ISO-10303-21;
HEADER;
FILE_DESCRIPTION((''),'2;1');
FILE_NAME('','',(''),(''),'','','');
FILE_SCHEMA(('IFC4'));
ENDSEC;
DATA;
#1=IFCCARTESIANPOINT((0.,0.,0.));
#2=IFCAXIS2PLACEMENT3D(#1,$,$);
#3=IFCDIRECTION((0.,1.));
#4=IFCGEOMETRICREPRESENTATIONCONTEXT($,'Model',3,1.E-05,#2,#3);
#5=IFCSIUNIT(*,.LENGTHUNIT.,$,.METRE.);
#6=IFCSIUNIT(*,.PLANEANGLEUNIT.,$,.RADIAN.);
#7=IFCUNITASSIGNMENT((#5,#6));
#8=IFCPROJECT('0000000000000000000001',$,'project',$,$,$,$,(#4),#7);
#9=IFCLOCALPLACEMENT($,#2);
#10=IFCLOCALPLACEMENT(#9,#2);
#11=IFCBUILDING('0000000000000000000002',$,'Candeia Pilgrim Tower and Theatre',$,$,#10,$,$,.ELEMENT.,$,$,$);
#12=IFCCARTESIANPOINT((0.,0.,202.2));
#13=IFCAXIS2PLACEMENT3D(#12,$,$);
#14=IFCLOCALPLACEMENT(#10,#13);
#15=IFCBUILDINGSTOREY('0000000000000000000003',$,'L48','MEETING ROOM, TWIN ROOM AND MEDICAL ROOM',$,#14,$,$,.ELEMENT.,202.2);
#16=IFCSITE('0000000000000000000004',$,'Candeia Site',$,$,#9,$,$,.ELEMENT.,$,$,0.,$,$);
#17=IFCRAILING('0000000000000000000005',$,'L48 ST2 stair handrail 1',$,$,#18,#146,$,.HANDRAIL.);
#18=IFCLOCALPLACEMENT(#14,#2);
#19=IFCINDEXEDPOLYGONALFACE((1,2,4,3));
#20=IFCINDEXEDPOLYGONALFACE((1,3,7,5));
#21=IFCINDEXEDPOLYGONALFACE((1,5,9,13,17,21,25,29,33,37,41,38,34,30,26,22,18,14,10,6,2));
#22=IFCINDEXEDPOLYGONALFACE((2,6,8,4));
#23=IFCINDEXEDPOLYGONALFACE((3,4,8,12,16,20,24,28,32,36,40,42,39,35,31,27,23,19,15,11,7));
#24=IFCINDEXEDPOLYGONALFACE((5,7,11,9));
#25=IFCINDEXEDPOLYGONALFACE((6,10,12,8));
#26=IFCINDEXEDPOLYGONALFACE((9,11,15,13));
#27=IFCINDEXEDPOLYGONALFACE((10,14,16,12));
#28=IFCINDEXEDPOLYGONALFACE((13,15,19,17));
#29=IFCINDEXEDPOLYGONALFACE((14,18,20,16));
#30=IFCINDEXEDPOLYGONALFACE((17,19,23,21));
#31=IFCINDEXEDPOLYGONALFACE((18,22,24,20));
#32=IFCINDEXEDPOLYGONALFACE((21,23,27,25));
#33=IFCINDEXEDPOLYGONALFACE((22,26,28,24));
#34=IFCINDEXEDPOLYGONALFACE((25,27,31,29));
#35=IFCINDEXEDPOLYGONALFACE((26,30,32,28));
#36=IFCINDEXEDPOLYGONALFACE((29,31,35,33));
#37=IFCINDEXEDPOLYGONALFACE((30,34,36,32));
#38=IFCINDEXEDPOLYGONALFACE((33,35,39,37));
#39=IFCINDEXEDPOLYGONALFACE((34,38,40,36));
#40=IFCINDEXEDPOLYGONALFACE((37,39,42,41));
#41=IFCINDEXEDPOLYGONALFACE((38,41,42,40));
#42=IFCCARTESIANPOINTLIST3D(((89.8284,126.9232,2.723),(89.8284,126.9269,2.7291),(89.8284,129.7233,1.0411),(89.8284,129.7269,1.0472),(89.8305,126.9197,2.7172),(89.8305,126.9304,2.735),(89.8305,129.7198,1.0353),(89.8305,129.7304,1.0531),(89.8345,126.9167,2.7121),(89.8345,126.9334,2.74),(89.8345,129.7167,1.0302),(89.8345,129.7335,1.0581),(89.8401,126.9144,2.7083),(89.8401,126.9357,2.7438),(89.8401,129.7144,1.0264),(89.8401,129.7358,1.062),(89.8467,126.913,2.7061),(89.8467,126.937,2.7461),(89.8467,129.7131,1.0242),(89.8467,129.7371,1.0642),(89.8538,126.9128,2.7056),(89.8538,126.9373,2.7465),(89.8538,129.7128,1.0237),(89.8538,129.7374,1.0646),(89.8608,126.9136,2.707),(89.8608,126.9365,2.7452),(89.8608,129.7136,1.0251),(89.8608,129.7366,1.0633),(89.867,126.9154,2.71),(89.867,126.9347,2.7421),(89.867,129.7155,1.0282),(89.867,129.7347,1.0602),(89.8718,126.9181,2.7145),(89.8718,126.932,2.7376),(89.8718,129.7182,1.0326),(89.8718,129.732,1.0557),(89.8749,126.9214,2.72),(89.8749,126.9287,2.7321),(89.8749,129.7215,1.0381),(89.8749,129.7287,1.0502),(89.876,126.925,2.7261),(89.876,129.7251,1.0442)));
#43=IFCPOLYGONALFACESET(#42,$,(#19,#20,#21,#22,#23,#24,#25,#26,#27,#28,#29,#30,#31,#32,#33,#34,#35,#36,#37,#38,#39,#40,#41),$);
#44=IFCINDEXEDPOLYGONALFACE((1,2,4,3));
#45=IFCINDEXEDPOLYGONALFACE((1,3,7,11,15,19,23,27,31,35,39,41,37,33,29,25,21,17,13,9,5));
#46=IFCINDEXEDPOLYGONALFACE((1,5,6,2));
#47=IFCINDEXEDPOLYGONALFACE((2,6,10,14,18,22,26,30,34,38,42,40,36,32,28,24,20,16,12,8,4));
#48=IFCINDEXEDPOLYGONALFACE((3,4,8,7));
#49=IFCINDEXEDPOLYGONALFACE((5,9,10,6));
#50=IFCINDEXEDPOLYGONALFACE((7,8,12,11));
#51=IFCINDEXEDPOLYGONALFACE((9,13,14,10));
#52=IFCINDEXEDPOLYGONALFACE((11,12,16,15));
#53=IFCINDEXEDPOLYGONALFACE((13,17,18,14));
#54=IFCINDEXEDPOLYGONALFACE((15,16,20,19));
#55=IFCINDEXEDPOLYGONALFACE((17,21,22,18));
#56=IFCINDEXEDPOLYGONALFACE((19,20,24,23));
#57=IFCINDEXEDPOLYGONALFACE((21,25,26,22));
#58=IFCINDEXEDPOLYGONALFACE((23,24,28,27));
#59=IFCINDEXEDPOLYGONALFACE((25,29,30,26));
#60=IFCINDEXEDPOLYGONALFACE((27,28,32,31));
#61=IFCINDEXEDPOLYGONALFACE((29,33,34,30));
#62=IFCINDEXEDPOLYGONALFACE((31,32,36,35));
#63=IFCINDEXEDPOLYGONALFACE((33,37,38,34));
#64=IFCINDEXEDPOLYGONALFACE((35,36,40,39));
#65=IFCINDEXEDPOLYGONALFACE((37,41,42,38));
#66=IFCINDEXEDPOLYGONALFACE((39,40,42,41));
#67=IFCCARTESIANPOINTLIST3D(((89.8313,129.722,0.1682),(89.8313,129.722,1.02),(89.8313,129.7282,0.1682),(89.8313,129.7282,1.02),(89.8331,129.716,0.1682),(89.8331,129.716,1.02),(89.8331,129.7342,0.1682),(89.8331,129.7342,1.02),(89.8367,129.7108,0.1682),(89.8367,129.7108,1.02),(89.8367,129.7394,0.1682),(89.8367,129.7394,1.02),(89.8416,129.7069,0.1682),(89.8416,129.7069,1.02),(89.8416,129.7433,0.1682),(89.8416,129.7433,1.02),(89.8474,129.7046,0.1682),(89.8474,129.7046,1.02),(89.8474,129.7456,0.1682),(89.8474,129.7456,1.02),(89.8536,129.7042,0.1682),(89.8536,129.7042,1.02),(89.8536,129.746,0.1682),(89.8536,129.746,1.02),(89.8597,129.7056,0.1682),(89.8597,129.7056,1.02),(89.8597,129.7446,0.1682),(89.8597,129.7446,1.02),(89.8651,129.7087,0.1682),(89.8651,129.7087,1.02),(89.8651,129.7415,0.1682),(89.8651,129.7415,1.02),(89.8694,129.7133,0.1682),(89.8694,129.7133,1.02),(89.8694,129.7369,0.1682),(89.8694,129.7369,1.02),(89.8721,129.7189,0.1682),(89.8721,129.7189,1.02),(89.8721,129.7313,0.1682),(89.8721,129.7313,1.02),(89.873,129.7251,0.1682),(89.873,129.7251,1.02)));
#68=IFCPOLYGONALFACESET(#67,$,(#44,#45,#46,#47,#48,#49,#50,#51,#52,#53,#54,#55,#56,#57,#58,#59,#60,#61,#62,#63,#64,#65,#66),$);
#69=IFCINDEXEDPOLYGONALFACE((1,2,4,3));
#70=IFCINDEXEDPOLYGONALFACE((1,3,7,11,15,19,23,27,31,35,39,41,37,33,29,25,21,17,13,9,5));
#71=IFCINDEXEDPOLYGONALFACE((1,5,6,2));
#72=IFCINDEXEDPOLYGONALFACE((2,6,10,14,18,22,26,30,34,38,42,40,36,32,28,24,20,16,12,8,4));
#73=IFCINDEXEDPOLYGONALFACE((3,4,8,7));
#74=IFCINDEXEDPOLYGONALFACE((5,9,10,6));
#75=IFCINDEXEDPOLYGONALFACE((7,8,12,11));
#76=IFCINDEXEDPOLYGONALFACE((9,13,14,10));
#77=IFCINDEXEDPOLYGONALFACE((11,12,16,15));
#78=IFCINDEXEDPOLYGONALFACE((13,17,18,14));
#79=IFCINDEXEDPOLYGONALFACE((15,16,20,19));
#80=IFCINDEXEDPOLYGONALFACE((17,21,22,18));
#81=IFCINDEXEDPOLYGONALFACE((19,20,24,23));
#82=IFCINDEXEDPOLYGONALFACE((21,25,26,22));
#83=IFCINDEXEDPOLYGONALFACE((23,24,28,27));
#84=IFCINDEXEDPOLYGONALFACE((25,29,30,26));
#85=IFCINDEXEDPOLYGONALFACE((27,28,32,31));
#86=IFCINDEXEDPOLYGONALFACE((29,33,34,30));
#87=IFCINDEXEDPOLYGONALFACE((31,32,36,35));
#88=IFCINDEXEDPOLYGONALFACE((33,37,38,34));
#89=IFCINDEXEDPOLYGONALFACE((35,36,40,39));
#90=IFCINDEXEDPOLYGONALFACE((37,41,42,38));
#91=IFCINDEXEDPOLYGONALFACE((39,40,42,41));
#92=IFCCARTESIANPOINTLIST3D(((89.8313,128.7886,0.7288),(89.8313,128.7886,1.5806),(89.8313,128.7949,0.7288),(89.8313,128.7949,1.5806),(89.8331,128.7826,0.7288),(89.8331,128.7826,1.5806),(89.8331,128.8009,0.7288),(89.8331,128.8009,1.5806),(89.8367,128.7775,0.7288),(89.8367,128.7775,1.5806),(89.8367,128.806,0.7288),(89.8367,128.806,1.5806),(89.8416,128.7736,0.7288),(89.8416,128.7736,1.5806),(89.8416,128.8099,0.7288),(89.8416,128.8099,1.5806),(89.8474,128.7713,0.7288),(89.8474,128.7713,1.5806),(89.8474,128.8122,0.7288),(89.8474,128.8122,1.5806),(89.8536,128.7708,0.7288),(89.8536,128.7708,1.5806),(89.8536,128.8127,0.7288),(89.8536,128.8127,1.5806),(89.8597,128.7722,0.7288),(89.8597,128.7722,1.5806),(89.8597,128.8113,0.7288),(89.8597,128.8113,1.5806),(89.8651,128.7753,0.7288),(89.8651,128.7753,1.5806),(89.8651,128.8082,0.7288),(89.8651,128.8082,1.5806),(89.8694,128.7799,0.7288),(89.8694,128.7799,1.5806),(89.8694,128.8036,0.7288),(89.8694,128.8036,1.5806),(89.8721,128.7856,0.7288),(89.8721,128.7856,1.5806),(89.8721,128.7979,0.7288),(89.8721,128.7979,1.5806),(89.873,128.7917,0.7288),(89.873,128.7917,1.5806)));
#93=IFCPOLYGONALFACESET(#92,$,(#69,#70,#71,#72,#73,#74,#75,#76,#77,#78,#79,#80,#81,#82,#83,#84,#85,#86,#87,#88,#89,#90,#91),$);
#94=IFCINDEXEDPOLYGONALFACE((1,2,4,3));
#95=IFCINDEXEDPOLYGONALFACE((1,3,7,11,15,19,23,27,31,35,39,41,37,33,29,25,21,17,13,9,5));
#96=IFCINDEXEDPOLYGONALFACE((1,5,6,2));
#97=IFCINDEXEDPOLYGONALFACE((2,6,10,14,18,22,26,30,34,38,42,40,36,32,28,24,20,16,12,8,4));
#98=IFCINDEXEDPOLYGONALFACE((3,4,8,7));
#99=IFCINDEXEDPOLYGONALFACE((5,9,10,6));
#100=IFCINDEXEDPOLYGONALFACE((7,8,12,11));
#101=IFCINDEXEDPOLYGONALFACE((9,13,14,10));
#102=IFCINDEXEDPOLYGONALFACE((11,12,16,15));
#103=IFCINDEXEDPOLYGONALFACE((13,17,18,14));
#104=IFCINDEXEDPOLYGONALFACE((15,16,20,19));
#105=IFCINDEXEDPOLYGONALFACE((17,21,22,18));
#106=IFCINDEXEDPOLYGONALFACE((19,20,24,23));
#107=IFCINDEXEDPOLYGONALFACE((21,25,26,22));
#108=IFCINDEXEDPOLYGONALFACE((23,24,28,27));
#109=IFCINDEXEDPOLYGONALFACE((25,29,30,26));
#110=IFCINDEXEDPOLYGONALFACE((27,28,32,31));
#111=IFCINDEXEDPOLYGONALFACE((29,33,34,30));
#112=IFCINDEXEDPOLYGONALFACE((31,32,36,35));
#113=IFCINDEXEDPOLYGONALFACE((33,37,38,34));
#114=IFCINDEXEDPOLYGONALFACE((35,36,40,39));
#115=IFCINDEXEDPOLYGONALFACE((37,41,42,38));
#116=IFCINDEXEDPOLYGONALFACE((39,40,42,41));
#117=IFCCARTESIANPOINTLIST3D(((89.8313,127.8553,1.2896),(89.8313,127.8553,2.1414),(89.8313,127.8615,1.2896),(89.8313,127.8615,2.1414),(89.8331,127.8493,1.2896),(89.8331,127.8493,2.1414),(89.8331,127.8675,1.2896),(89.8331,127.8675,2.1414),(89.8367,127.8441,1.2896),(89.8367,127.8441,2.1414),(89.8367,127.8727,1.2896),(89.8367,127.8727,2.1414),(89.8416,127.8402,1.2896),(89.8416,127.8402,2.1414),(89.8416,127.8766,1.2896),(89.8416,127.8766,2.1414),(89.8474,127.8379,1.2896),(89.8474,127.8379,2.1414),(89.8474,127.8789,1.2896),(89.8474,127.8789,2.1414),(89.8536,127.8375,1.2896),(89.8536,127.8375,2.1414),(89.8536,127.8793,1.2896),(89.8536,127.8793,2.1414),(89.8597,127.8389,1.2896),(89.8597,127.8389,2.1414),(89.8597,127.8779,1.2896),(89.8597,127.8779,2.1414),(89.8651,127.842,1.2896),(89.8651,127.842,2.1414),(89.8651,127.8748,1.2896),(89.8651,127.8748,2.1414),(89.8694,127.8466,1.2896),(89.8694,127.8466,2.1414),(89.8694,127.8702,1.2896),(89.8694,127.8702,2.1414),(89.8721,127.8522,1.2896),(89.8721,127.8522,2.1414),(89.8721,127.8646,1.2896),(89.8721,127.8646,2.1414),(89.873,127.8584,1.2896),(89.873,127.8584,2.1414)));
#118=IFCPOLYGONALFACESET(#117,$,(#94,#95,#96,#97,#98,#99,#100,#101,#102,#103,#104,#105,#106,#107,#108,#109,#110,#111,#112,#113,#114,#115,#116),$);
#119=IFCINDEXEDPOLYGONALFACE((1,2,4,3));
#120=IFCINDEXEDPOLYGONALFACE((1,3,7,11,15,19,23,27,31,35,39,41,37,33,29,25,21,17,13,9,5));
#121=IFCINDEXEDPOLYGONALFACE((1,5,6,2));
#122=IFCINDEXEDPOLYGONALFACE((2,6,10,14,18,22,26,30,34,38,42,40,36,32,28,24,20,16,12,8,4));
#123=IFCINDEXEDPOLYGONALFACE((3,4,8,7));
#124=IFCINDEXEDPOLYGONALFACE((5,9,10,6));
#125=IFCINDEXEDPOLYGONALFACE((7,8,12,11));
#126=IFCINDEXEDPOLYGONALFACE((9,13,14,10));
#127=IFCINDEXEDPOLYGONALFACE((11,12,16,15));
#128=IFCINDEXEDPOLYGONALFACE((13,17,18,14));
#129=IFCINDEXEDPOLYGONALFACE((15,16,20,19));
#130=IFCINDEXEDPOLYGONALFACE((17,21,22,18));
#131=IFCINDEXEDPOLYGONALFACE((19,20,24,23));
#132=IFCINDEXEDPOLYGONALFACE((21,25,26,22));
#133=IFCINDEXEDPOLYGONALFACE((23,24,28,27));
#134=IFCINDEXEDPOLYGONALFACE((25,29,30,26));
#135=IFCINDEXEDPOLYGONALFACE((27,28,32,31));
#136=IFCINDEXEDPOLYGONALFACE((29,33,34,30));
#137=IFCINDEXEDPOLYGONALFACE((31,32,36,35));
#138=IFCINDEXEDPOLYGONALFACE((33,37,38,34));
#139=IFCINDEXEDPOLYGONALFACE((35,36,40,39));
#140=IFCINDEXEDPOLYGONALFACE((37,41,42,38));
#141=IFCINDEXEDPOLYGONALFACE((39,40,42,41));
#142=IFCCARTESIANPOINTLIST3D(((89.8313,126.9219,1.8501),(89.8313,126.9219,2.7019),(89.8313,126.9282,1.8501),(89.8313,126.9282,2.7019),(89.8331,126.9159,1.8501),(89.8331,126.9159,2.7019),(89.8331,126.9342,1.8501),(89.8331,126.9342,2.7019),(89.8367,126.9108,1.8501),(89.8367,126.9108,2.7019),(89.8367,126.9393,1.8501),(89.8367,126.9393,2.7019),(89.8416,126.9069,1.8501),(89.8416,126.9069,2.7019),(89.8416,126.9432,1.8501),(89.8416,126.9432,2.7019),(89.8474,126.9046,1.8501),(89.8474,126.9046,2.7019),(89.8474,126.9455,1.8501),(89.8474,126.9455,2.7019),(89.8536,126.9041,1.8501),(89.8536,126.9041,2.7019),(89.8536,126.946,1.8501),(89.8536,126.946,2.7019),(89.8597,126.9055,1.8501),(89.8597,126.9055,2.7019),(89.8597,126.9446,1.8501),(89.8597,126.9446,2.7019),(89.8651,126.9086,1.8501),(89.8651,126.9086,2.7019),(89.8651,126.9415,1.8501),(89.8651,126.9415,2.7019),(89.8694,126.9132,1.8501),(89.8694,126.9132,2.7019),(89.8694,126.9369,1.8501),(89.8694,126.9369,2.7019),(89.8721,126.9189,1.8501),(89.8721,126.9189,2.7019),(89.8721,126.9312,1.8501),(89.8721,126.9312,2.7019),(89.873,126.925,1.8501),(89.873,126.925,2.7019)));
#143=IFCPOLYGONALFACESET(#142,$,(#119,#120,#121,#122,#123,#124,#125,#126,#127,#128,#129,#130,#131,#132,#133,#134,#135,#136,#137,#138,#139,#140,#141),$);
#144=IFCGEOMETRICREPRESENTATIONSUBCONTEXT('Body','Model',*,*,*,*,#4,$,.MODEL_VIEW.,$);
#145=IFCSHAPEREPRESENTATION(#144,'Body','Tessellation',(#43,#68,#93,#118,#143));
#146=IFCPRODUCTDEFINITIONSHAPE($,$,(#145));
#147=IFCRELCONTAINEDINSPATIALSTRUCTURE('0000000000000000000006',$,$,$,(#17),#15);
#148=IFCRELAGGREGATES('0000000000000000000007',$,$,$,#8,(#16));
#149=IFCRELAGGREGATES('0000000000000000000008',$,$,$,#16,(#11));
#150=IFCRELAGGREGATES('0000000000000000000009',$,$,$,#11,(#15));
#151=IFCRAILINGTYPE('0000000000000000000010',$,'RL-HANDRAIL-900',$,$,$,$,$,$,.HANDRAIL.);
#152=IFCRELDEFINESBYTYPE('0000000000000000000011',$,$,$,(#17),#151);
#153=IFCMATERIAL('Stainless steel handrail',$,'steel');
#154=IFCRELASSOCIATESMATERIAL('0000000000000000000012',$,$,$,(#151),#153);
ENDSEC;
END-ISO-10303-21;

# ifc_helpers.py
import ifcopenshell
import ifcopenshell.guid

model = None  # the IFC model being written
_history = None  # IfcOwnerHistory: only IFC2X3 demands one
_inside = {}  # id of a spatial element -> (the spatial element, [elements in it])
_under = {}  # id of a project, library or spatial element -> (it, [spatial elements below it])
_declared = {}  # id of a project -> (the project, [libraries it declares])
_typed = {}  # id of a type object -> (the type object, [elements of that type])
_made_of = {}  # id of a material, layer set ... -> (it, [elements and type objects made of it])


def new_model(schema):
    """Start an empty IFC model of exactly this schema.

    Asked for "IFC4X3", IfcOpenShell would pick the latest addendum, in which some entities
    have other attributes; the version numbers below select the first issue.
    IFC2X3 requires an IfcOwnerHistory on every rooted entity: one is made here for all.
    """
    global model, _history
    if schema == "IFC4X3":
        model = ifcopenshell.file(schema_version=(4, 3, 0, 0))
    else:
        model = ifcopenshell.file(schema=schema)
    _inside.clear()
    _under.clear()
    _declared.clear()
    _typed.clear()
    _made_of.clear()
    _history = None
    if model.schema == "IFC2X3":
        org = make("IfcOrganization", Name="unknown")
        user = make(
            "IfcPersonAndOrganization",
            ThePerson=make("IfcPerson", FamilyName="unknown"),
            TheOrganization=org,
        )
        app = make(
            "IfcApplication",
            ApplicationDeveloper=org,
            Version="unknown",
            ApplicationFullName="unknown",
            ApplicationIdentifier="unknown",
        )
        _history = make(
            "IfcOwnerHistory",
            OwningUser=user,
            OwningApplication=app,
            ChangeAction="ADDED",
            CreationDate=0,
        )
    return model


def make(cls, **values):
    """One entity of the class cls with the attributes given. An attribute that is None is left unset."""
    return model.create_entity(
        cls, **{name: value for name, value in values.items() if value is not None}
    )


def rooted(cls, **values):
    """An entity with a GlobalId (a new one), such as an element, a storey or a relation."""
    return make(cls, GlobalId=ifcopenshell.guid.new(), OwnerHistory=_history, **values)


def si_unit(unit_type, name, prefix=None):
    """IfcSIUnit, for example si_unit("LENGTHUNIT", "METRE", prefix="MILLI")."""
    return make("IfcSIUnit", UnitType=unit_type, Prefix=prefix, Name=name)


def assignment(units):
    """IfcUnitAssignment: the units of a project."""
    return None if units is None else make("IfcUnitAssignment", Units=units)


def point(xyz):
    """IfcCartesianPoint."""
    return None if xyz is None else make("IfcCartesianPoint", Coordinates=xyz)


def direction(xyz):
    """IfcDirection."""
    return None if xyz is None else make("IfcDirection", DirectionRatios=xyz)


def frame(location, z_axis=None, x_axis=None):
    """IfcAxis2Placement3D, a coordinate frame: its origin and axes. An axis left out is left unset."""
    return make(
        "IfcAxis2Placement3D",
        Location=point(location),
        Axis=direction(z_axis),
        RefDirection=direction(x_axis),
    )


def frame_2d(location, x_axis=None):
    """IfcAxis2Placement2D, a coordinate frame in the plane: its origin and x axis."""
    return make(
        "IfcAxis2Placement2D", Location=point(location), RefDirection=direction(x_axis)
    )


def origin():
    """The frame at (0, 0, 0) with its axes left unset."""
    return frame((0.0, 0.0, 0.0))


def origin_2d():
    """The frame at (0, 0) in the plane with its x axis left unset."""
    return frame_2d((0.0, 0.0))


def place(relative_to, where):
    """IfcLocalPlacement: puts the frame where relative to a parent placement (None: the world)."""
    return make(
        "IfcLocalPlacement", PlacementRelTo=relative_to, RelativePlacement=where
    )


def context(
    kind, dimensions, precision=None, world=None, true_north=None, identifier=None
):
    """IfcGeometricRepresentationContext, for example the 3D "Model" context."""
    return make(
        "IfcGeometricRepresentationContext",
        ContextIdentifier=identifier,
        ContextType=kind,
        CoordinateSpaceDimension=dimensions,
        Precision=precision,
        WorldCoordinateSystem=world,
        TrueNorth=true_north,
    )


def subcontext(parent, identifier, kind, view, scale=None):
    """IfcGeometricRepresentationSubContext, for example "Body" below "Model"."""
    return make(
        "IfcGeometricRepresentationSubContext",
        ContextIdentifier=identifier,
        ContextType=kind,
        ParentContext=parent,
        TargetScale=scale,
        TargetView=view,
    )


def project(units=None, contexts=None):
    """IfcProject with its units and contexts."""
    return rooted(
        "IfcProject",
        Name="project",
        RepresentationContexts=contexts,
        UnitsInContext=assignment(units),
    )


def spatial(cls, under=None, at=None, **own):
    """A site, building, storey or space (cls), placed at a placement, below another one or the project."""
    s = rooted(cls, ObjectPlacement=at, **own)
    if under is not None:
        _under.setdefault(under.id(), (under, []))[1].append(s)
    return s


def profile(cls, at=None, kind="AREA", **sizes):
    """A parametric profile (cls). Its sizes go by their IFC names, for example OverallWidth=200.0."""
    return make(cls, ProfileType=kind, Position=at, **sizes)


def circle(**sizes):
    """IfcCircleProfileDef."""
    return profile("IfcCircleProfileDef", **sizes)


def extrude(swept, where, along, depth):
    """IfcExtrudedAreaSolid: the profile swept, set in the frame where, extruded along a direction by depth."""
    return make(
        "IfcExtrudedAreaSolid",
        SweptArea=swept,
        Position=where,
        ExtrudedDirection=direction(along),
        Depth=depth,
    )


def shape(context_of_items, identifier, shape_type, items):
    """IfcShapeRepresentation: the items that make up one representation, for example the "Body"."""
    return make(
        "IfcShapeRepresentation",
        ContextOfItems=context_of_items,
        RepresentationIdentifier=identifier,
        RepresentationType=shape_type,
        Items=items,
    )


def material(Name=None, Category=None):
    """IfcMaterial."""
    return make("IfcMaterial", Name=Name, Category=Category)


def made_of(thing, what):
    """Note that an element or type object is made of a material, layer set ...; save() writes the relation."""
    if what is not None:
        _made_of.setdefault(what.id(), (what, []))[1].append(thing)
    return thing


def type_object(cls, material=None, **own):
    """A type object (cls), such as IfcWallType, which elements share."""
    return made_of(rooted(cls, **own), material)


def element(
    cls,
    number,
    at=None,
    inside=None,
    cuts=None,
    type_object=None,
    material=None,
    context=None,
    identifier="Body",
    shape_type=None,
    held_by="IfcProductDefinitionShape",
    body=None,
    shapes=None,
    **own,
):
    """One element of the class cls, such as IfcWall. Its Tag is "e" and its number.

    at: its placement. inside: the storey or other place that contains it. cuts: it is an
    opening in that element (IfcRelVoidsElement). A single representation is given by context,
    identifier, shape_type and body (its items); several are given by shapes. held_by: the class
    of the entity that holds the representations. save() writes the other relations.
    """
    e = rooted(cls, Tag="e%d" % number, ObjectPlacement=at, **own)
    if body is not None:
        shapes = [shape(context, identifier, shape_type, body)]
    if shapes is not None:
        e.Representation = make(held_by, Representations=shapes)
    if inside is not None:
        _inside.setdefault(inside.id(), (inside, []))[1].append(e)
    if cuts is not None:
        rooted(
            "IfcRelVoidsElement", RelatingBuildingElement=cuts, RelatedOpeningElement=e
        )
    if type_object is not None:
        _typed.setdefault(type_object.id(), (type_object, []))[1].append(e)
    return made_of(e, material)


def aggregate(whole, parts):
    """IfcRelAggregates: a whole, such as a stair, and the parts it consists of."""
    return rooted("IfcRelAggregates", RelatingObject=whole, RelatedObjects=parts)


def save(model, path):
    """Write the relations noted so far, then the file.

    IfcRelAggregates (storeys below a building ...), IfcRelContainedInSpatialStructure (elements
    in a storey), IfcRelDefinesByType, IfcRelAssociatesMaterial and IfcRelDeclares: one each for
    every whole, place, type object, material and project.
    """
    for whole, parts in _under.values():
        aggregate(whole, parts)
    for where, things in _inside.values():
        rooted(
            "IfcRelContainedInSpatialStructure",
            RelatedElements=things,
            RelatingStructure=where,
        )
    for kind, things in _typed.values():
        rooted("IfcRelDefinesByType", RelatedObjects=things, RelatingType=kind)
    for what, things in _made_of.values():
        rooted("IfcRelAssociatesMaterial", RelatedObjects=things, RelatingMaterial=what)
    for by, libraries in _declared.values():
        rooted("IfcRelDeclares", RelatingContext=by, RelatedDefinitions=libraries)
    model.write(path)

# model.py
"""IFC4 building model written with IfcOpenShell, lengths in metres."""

from ifc_helpers import new_model, si_unit, direction, frame, origin, origin_2d, place, context, subcontext, project, spatial, circle, extrude, material, type_object, element, save


model = new_model("IFC4")

# Units and contexts
model_context = context("Model", 3, precision=1e-05, world=origin(), true_north=direction((0.0, 1.0)))
body_context = subcontext(model_context, "Body", "Model", "MODEL_VIEW")
ifc_project = project(units=[si_unit("LENGTHUNIT", "METRE"), si_unit("PLANEANGLEUNIT", "RADIAN")], contexts=[model_context])

# Site, building, storey
site_placement = place(None, origin())
site = spatial("IfcSite", under=ifc_project, at=site_placement, Name="Candeia Site", CompositionType="ELEMENT", RefElevation=0.0)
building_placement = place(site_placement, origin())
building = spatial("IfcBuilding", under=site, at=building_placement, Name="Candeia Pilgrim Tower and Theatre", CompositionType="ELEMENT")
storey_placement = place(building_placement, frame((0.0, 0.0, 202.2)))
storey = spatial("IfcBuildingStorey", under=building, at=storey_placement, Name="L48", Description="MEETING ROOM, TWIN ROOM AND MEDICAL ROOM", CompositionType="ELEMENT", Elevation=202.2)

# Railing
ifc_material_1 = material(Name="Stainless steel handrail", Category="steel")
railing_type_1 = type_object("IfcRailingType", Name="RL-HANDRAIL-900", PredefinedType="HANDRAIL", material=ifc_material_1)
for number, where, name in (
    (1, (89.8521, 129.7251, 0.1682), "L48 ST2 stair handrail 1"),
):
    element("IfcRailing", number, at=place(storey_placement, frame(where)), inside=storey, type_object=railing_type_1, Name=name, PredefinedType="HANDRAIL", context=body_context, shape_type="SweptSolid", body=[
        extrude(circle(Radius=0.0239, at=origin_2d()), frame((0.0, 0.0, 0.876), z_axis=(0.0, -0.857242, 0.514913), x_axis=(1.0, 0.0, 0.0)), (0.0, 0.0, 1.0), 3.2664),
        extrude(circle(Radius=0.021, at=origin_2d()), origin(), (0.0, 0.0, 1.0), 0.8518),
        extrude(circle(Radius=0.021, at=origin_2d()), frame((0.0, -0.9333, 0.5605)), (0.0, 0.0, 1.0), 0.8518),
        extrude(circle(Radius=0.021, at=origin_2d()), frame((0.0, -1.8667, 1.1213)), (0.0, 0.0, 1.0), 0.8518),
        extrude(circle(Radius=0.021, at=origin_2d()), frame((0.0, -2.8, 1.6819)), (0.0, 0.0, 1.0), 0.8518),
    ])

save(model, "model.ifc")
